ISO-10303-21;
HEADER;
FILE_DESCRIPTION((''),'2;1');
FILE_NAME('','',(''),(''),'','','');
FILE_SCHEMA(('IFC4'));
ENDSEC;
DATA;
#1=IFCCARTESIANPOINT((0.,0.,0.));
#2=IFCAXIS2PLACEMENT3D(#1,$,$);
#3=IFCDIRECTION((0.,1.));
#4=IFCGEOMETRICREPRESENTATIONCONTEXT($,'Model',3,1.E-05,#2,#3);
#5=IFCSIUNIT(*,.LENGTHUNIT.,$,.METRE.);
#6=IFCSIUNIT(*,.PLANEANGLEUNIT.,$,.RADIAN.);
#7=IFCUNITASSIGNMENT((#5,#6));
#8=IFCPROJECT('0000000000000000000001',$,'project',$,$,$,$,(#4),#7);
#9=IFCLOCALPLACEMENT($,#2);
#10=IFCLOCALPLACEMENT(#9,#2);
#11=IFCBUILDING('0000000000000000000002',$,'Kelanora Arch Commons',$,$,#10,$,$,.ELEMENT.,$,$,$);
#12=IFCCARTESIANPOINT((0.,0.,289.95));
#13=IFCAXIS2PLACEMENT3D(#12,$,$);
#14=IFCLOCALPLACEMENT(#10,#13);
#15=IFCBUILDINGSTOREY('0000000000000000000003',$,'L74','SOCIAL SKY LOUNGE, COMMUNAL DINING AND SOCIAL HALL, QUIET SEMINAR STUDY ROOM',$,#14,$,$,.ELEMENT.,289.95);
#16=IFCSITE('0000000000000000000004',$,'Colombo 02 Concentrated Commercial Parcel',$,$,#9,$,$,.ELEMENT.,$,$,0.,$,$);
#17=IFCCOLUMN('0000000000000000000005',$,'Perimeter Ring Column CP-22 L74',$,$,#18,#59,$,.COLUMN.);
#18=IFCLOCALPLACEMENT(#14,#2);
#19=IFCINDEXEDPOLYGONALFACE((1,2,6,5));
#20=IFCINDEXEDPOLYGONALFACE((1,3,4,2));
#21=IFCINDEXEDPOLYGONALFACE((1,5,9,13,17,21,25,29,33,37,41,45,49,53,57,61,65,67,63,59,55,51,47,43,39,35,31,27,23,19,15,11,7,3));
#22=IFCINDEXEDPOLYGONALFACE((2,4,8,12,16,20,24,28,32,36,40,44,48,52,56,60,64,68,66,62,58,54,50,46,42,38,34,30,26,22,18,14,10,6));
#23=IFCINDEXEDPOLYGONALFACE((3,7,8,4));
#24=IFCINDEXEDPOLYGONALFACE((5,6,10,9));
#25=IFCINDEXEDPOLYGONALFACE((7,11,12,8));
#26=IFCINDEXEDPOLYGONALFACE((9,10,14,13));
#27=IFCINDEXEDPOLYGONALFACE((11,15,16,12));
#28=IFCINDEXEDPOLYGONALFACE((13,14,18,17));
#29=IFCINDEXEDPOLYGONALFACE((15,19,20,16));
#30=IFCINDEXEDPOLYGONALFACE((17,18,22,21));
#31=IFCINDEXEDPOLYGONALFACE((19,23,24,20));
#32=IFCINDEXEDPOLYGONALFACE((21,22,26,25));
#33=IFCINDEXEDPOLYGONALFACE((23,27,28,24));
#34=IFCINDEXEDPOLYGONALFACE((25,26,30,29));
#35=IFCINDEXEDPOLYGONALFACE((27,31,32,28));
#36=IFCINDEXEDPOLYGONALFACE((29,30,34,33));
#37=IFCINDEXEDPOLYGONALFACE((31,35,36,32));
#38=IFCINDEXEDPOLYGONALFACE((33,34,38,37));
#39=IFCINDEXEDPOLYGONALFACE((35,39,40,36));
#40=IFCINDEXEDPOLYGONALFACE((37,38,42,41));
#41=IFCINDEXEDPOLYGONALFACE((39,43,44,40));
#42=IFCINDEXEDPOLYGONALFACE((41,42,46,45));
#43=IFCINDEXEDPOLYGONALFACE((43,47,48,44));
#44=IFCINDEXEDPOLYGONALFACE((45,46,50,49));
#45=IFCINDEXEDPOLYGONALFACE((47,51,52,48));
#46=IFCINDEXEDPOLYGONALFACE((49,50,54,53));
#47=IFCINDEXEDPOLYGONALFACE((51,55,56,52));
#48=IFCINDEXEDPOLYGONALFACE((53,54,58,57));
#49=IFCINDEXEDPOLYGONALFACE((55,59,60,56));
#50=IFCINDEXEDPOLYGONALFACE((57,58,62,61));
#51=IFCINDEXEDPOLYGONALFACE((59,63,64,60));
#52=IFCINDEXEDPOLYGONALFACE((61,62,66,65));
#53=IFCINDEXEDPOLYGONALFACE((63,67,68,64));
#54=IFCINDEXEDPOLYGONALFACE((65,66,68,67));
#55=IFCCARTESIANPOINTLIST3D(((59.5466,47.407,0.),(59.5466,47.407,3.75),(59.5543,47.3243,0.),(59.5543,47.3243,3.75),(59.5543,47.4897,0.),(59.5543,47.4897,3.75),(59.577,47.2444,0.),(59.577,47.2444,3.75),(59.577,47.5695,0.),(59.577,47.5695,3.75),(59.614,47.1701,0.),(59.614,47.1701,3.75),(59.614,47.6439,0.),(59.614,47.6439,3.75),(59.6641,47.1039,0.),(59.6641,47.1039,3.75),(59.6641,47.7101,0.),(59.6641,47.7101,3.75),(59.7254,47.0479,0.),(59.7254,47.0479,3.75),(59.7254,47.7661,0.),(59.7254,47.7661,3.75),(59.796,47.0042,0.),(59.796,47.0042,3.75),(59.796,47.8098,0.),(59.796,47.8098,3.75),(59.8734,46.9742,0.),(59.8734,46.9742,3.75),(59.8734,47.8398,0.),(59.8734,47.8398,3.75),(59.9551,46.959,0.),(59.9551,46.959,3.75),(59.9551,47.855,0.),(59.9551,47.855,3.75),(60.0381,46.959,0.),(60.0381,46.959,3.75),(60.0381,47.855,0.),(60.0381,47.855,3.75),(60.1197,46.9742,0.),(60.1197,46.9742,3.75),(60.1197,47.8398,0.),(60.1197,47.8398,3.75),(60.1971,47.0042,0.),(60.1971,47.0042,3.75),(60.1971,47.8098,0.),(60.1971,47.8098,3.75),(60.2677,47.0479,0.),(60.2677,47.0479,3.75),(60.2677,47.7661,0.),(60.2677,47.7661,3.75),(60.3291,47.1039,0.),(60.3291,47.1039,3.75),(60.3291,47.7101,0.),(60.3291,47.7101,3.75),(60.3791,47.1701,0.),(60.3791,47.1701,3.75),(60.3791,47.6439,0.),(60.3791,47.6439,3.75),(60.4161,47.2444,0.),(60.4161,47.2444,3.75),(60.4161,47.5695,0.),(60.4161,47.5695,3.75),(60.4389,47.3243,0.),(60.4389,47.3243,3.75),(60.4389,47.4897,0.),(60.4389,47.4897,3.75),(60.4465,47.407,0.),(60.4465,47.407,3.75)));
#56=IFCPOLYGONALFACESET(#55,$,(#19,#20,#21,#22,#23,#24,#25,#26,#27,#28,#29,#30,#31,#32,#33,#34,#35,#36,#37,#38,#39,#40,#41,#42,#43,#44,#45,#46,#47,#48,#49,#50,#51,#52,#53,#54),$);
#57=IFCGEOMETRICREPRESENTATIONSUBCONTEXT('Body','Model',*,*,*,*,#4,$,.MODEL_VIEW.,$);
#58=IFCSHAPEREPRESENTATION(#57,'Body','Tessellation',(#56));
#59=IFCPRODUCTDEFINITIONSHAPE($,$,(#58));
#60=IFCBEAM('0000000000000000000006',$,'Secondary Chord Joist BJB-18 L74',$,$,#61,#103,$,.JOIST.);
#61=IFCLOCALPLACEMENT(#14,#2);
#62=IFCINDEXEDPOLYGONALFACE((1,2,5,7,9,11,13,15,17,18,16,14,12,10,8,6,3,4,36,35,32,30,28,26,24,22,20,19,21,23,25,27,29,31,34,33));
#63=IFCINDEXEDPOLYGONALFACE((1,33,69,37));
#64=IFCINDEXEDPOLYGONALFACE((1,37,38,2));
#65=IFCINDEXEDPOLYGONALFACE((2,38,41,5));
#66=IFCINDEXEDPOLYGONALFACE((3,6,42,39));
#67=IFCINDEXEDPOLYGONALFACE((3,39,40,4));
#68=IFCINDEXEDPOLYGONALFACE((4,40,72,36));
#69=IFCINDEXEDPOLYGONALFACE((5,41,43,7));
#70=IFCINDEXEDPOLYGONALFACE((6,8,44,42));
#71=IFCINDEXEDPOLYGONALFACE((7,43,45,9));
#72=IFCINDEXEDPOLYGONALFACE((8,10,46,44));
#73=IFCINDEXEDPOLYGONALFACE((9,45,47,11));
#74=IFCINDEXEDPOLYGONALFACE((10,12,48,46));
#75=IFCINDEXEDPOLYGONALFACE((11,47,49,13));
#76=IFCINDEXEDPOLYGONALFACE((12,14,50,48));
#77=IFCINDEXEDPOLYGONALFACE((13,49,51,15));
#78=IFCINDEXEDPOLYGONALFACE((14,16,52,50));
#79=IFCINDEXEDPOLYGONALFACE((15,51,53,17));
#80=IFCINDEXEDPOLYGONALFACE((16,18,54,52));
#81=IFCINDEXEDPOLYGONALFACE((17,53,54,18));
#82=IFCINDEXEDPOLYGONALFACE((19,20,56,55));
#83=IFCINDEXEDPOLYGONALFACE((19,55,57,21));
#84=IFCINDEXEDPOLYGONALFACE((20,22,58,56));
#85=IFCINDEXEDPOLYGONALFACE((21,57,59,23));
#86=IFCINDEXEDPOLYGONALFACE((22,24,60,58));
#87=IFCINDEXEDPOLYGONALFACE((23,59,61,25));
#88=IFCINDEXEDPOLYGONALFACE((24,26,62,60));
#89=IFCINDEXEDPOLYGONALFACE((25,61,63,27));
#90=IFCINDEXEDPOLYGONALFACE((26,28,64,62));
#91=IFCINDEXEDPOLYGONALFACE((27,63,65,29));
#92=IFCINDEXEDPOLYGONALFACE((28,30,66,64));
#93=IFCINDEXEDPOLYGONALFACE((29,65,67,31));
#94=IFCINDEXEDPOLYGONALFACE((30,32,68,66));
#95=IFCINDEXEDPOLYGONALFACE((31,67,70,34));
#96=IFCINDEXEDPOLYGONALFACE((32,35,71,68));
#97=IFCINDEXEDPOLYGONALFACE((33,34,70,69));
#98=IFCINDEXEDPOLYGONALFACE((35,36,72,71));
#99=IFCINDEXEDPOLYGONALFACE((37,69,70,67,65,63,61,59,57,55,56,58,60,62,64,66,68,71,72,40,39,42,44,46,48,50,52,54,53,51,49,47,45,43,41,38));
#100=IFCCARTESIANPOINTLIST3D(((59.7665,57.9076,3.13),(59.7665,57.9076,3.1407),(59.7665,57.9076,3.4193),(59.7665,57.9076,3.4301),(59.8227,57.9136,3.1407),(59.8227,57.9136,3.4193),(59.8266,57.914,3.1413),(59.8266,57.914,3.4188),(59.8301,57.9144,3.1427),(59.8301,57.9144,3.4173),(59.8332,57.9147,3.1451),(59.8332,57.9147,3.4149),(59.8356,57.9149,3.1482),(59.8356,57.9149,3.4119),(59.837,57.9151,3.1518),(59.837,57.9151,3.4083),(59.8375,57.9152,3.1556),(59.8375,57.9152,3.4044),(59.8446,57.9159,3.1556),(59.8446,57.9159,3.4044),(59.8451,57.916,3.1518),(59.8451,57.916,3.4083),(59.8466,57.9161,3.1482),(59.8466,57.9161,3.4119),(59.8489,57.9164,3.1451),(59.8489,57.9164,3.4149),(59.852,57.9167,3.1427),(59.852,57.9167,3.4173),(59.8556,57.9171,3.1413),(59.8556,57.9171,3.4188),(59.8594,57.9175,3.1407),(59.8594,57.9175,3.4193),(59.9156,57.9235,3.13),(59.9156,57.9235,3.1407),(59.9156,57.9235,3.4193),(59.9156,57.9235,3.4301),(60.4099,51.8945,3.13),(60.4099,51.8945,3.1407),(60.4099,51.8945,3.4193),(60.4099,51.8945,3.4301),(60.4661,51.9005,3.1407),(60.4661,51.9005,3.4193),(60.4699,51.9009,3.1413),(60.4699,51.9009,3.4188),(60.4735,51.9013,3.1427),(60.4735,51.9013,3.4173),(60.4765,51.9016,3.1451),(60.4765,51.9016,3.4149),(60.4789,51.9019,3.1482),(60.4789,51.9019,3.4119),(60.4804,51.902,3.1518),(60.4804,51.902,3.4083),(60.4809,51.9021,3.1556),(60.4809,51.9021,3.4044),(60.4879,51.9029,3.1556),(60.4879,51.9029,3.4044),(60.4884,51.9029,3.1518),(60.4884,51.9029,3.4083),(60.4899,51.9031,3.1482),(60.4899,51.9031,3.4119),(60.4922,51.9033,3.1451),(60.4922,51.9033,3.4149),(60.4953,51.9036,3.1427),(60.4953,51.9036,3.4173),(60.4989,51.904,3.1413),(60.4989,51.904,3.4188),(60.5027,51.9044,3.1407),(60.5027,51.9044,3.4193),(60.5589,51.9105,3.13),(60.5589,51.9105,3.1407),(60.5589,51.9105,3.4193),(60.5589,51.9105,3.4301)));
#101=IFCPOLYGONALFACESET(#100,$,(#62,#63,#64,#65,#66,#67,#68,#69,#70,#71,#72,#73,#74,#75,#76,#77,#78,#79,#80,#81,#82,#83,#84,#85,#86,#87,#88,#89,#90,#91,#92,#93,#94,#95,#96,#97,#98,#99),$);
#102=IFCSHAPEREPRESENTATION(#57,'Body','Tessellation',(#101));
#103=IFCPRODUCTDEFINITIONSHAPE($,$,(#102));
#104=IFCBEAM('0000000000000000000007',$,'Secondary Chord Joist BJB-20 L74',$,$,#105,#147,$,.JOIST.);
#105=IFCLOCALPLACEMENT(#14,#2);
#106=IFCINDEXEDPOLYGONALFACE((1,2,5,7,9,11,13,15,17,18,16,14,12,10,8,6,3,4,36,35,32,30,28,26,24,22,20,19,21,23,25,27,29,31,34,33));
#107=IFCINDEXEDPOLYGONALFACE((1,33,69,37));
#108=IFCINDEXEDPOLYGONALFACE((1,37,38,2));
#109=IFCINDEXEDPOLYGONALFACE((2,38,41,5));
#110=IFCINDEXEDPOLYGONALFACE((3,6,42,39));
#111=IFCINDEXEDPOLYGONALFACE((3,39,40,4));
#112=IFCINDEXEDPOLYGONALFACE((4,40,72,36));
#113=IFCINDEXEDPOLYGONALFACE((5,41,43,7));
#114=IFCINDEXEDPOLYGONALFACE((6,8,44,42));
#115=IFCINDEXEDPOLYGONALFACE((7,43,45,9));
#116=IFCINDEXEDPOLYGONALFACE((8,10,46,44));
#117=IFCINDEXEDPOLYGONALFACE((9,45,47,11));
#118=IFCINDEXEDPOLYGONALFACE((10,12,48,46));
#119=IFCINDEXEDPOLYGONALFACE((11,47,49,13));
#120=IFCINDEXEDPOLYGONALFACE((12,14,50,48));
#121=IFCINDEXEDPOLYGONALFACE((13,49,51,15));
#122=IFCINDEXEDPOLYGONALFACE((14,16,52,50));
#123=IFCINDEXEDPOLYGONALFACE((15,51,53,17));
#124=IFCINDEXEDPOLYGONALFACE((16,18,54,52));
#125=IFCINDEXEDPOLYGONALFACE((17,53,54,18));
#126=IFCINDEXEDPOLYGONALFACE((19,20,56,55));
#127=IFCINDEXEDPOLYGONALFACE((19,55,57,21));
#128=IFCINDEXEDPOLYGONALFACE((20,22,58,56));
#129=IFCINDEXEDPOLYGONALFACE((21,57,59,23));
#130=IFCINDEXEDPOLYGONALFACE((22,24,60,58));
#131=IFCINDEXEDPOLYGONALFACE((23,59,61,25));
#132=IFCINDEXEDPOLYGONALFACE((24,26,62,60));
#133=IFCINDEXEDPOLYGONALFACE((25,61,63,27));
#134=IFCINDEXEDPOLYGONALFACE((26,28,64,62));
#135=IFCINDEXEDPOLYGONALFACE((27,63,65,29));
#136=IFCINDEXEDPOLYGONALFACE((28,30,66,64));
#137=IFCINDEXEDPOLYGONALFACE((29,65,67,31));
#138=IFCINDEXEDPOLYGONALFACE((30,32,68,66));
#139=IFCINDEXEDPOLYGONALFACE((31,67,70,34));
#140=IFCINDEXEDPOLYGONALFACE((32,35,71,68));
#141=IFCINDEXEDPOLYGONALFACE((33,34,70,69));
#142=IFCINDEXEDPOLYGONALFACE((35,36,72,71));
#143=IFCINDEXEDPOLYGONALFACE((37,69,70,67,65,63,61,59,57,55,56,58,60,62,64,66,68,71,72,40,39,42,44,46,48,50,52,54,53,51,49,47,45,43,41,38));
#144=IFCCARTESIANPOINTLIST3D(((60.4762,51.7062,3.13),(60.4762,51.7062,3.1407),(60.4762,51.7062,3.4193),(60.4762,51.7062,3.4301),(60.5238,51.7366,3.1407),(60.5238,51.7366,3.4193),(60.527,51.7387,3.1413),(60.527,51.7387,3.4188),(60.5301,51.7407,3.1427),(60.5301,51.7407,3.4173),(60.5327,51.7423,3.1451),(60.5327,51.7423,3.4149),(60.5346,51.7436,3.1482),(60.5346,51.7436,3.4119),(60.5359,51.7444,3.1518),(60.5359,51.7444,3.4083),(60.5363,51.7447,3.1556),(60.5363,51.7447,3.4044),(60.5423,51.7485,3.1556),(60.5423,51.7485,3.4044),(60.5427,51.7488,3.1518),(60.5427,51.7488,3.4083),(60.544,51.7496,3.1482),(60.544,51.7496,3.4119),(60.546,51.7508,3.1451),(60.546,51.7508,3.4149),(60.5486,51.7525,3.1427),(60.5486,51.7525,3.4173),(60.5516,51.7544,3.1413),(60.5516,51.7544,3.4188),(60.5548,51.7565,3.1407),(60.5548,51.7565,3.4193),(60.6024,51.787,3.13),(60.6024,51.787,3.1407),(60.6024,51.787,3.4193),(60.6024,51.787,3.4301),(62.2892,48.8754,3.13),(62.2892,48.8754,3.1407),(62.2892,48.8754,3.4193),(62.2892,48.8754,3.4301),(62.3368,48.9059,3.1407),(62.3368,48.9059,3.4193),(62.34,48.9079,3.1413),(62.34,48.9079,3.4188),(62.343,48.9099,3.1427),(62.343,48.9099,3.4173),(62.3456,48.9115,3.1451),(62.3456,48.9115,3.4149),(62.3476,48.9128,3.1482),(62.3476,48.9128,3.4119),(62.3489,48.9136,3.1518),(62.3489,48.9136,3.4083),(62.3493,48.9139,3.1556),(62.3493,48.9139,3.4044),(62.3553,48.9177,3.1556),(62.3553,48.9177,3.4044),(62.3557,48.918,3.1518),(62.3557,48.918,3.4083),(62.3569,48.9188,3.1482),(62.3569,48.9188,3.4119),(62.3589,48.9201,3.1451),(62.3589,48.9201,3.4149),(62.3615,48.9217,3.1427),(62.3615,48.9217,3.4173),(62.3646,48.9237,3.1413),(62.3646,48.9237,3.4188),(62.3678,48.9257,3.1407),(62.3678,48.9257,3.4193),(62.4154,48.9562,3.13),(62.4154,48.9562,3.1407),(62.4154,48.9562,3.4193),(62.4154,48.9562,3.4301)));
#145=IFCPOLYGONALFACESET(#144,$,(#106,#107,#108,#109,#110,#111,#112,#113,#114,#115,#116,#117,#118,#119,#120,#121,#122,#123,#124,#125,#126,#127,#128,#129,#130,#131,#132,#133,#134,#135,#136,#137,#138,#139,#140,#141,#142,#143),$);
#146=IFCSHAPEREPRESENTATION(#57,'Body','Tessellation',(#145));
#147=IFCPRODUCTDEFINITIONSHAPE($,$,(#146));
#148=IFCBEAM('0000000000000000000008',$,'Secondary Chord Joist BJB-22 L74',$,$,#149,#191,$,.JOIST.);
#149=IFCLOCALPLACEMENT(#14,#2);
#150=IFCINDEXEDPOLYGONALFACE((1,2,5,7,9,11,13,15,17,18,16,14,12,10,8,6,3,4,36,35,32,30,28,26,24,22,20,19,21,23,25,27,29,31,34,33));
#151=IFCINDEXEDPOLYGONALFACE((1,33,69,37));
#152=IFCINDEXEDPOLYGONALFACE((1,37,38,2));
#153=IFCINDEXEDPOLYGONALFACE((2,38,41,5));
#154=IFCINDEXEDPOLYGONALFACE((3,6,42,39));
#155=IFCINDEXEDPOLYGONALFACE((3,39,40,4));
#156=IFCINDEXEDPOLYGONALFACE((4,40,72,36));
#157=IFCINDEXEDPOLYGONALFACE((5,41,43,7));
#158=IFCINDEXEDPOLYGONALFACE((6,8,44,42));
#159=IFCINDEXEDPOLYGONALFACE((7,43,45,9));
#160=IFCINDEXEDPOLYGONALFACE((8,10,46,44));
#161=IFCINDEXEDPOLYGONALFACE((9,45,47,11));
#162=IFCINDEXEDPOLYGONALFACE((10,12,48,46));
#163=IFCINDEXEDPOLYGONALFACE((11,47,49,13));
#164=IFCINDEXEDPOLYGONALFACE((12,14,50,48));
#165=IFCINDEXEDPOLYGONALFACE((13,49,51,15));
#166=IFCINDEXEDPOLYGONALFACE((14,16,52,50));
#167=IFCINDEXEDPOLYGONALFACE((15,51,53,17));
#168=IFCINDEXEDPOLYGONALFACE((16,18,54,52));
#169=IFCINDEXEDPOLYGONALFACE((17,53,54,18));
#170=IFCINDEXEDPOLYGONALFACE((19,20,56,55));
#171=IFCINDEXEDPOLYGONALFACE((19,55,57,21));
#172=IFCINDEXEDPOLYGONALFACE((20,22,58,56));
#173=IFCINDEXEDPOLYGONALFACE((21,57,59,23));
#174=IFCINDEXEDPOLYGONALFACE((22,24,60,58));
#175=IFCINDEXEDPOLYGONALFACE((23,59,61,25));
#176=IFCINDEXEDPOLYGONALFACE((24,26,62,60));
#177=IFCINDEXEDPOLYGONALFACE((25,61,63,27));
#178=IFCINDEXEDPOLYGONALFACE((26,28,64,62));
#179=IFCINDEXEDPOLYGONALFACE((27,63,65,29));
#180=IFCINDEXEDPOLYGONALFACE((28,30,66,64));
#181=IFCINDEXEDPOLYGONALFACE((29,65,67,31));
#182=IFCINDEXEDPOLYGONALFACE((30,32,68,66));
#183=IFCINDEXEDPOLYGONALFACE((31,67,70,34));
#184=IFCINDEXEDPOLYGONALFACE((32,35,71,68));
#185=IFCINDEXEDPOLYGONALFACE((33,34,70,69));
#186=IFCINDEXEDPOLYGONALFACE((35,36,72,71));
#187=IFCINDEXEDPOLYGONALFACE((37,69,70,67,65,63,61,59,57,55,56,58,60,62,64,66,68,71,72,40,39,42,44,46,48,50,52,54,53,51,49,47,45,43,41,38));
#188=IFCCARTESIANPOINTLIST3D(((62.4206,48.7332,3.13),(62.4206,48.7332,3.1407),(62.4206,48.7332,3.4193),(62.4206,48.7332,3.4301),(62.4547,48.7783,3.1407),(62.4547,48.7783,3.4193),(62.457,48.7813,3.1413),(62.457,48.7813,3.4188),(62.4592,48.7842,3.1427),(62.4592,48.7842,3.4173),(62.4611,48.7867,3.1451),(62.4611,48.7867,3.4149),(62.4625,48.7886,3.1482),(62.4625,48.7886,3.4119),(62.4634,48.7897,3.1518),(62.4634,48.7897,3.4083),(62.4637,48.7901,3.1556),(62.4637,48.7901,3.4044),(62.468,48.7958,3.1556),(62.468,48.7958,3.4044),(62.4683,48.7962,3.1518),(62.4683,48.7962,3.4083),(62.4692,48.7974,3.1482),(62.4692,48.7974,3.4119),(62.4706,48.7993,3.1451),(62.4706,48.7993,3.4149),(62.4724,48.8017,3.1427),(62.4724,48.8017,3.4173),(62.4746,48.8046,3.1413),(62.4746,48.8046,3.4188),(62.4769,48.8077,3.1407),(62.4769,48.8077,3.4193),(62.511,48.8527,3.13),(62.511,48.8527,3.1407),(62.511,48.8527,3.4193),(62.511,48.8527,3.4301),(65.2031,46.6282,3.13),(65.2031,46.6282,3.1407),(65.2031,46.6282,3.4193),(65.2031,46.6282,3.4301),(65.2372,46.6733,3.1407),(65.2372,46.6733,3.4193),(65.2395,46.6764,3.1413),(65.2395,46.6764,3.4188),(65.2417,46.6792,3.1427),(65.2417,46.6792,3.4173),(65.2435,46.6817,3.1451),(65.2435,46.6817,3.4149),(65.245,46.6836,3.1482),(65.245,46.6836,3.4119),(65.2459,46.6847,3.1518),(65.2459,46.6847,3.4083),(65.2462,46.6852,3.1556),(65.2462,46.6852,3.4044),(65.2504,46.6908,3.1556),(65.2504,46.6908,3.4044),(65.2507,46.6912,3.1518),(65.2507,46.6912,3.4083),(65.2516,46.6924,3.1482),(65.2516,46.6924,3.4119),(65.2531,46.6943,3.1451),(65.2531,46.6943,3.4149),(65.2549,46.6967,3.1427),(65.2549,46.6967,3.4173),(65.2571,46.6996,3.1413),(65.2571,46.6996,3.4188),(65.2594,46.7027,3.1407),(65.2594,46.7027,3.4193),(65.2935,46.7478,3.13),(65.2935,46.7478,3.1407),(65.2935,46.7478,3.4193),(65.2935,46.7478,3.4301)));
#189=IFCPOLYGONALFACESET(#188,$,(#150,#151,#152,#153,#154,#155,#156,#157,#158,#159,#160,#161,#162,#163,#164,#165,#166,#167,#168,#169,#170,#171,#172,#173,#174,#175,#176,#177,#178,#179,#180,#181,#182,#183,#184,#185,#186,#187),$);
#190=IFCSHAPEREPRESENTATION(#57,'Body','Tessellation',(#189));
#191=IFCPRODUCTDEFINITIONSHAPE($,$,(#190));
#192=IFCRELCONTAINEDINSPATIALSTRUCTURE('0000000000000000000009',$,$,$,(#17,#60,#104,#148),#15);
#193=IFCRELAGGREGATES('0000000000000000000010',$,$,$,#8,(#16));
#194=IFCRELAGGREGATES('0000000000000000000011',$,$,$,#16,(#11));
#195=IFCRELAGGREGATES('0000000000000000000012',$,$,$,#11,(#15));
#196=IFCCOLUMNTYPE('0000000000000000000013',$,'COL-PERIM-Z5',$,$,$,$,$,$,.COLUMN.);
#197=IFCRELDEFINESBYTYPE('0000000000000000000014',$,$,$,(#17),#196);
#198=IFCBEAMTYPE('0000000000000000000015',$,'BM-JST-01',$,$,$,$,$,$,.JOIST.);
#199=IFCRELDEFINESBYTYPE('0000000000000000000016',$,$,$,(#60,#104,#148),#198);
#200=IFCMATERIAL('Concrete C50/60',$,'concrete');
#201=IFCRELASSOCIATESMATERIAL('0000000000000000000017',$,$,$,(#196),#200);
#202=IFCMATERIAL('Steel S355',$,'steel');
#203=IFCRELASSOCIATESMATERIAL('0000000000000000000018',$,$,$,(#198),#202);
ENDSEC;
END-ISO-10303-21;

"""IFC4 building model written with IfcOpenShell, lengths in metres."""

from ifc_helpers import new_model, si_unit, direction, frame, origin, origin_2d, place, context, subcontext, project, spatial, circle, i_section, extrude, material, material_profile, profile_set, type_object, element, save


model = new_model("IFC4")

# Units and contexts
model_context = context("Model", 3, precision=1e-05, world=origin(), true_north=direction((0.0, 1.0)))
body_context = subcontext(model_context, "Body", "Model", "MODEL_VIEW")
ifc_project = project(units=[si_unit("LENGTHUNIT", "METRE"), si_unit("PLANEANGLEUNIT", "RADIAN")], contexts=[model_context])

# Site, building, storey
site_placement = place(None, origin())
site = spatial("IfcSite", under=ifc_project, at=site_placement, Name="Colombo 02 Concentrated Commercial Parcel", CompositionType="ELEMENT", RefElevation=0.0)
building_placement = place(site_placement, origin())
building = spatial("IfcBuilding", under=site, at=building_placement, Name="Kelanora Arch Commons", CompositionType="ELEMENT")
storey_placement = place(building_placement, frame((0.0, 0.0, 289.95)))
storey = spatial("IfcBuildingStorey", under=building, at=storey_placement, Name="L74", Description="SOCIAL SKY LOUNGE, COMMUNAL DINING AND SOCIAL HALL, QUIET SEMINAR STUDY ROOM", CompositionType="ELEMENT", Elevation=289.95)

# Column
ifc_material_1 = material(Name="Concrete C50/60", Category="concrete")
ifc_material_profile_1 = material_profile(ifc_material_1, circle(Radius=0.45, at=origin_2d()), Name="RCC900")
ifc_profile_set_1 = profile_set([ifc_material_profile_1], Name="Concrete C50/60")
column_type = type_object("IfcColumnType", Name="COL-PERIM-Z5", PredefinedType="COLUMN", material=ifc_profile_set_1)
column_placement = place(storey_placement, frame((59.9966, 47.407, 0.0), z_axis=(0.0, 0.0, 1.0), x_axis=(1.0, 0.0, 0.0)))
element("IfcColumn", 1, at=column_placement, inside=storey, type_object=column_type, Name="Perimeter Ring Column CP-22 L74", PredefinedType="COLUMN", context=body_context, shape_type="SweptSolid", body=[
    extrude(circle(Radius=0.45, at=origin_2d()), origin(), (0.0, 0.0, 1.0), 3.75),
])

# Beams
ifc_material_2 = material(Name="Steel S355", Category="steel")
ifc_material_profile_2 = material_profile(ifc_material_2, i_section(OverallWidth=0.1499, OverallDepth=0.3, WebThickness=0.0071, FlangeThickness=0.0107, FilletRadius=0.0149, at=origin_2d()), Name="IPE300")
ifc_profile_set_2 = profile_set([ifc_material_profile_2], Name="Steel S355")
beam_type_1 = type_object("IfcBeamType", Name="BM-JST-01", PredefinedType="JOIST", material=ifc_profile_set_2)
beam_1_placement = place(storey_placement, frame((59.8411, 57.9155, 3.28), z_axis=(0.106381, -0.994325, 0.0), x_axis=(0.994325, 0.106381, 0.0)))
element("IfcBeam", 2, at=beam_1_placement, inside=storey, type_object=beam_type_1, Name="Secondary Chord Joist BJB-18 L74", PredefinedType="JOIST", context=body_context, shape_type="SweptSolid", body=[
    extrude(i_section(OverallWidth=0.1499, OverallDepth=0.3, WebThickness=0.0071, FlangeThickness=0.0107, FilletRadius=0.0149, at=origin_2d()), origin(), (0.0, 0.0, 1.0), 6.0474),
])
beam_2_placement = place(storey_placement, frame((60.5393, 51.7466, 3.28), z_axis=(0.539322, -0.8421, 0.0), x_axis=(0.8421, 0.539322, 0.0)))
element("IfcBeam", 3, at=beam_2_placement, inside=storey, type_object=beam_type_1, Name="Secondary Chord Joist BJB-20 L74", PredefinedType="JOIST", context=body_context, shape_type="SweptSolid", body=[
    extrude(i_section(OverallWidth=0.1499, OverallDepth=0.3, WebThickness=0.0071, FlangeThickness=0.0107, FilletRadius=0.0149, at=origin_2d()), origin(), (0.0, 0.0, 1.0), 3.3616),
])
beam_3_placement = place(storey_placement, frame((62.4658, 48.793, 3.28), z_axis=(0.797499, -0.60332, 0.0), x_axis=(0.60332, 0.797499, 0.0)))
element("IfcBeam", 4, at=beam_3_placement, inside=storey, type_object=beam_type_1, Name="Secondary Chord Joist BJB-22 L74", PredefinedType="JOIST", context=body_context, shape_type="SweptSolid", body=[
    extrude(i_section(OverallWidth=0.1499, OverallDepth=0.3, WebThickness=0.0071, FlangeThickness=0.0107, FilletRadius=0.0149, at=origin_2d()), origin(), (0.0, 0.0, 1.0), 3.489),
])

save(model, "model.ifc")
